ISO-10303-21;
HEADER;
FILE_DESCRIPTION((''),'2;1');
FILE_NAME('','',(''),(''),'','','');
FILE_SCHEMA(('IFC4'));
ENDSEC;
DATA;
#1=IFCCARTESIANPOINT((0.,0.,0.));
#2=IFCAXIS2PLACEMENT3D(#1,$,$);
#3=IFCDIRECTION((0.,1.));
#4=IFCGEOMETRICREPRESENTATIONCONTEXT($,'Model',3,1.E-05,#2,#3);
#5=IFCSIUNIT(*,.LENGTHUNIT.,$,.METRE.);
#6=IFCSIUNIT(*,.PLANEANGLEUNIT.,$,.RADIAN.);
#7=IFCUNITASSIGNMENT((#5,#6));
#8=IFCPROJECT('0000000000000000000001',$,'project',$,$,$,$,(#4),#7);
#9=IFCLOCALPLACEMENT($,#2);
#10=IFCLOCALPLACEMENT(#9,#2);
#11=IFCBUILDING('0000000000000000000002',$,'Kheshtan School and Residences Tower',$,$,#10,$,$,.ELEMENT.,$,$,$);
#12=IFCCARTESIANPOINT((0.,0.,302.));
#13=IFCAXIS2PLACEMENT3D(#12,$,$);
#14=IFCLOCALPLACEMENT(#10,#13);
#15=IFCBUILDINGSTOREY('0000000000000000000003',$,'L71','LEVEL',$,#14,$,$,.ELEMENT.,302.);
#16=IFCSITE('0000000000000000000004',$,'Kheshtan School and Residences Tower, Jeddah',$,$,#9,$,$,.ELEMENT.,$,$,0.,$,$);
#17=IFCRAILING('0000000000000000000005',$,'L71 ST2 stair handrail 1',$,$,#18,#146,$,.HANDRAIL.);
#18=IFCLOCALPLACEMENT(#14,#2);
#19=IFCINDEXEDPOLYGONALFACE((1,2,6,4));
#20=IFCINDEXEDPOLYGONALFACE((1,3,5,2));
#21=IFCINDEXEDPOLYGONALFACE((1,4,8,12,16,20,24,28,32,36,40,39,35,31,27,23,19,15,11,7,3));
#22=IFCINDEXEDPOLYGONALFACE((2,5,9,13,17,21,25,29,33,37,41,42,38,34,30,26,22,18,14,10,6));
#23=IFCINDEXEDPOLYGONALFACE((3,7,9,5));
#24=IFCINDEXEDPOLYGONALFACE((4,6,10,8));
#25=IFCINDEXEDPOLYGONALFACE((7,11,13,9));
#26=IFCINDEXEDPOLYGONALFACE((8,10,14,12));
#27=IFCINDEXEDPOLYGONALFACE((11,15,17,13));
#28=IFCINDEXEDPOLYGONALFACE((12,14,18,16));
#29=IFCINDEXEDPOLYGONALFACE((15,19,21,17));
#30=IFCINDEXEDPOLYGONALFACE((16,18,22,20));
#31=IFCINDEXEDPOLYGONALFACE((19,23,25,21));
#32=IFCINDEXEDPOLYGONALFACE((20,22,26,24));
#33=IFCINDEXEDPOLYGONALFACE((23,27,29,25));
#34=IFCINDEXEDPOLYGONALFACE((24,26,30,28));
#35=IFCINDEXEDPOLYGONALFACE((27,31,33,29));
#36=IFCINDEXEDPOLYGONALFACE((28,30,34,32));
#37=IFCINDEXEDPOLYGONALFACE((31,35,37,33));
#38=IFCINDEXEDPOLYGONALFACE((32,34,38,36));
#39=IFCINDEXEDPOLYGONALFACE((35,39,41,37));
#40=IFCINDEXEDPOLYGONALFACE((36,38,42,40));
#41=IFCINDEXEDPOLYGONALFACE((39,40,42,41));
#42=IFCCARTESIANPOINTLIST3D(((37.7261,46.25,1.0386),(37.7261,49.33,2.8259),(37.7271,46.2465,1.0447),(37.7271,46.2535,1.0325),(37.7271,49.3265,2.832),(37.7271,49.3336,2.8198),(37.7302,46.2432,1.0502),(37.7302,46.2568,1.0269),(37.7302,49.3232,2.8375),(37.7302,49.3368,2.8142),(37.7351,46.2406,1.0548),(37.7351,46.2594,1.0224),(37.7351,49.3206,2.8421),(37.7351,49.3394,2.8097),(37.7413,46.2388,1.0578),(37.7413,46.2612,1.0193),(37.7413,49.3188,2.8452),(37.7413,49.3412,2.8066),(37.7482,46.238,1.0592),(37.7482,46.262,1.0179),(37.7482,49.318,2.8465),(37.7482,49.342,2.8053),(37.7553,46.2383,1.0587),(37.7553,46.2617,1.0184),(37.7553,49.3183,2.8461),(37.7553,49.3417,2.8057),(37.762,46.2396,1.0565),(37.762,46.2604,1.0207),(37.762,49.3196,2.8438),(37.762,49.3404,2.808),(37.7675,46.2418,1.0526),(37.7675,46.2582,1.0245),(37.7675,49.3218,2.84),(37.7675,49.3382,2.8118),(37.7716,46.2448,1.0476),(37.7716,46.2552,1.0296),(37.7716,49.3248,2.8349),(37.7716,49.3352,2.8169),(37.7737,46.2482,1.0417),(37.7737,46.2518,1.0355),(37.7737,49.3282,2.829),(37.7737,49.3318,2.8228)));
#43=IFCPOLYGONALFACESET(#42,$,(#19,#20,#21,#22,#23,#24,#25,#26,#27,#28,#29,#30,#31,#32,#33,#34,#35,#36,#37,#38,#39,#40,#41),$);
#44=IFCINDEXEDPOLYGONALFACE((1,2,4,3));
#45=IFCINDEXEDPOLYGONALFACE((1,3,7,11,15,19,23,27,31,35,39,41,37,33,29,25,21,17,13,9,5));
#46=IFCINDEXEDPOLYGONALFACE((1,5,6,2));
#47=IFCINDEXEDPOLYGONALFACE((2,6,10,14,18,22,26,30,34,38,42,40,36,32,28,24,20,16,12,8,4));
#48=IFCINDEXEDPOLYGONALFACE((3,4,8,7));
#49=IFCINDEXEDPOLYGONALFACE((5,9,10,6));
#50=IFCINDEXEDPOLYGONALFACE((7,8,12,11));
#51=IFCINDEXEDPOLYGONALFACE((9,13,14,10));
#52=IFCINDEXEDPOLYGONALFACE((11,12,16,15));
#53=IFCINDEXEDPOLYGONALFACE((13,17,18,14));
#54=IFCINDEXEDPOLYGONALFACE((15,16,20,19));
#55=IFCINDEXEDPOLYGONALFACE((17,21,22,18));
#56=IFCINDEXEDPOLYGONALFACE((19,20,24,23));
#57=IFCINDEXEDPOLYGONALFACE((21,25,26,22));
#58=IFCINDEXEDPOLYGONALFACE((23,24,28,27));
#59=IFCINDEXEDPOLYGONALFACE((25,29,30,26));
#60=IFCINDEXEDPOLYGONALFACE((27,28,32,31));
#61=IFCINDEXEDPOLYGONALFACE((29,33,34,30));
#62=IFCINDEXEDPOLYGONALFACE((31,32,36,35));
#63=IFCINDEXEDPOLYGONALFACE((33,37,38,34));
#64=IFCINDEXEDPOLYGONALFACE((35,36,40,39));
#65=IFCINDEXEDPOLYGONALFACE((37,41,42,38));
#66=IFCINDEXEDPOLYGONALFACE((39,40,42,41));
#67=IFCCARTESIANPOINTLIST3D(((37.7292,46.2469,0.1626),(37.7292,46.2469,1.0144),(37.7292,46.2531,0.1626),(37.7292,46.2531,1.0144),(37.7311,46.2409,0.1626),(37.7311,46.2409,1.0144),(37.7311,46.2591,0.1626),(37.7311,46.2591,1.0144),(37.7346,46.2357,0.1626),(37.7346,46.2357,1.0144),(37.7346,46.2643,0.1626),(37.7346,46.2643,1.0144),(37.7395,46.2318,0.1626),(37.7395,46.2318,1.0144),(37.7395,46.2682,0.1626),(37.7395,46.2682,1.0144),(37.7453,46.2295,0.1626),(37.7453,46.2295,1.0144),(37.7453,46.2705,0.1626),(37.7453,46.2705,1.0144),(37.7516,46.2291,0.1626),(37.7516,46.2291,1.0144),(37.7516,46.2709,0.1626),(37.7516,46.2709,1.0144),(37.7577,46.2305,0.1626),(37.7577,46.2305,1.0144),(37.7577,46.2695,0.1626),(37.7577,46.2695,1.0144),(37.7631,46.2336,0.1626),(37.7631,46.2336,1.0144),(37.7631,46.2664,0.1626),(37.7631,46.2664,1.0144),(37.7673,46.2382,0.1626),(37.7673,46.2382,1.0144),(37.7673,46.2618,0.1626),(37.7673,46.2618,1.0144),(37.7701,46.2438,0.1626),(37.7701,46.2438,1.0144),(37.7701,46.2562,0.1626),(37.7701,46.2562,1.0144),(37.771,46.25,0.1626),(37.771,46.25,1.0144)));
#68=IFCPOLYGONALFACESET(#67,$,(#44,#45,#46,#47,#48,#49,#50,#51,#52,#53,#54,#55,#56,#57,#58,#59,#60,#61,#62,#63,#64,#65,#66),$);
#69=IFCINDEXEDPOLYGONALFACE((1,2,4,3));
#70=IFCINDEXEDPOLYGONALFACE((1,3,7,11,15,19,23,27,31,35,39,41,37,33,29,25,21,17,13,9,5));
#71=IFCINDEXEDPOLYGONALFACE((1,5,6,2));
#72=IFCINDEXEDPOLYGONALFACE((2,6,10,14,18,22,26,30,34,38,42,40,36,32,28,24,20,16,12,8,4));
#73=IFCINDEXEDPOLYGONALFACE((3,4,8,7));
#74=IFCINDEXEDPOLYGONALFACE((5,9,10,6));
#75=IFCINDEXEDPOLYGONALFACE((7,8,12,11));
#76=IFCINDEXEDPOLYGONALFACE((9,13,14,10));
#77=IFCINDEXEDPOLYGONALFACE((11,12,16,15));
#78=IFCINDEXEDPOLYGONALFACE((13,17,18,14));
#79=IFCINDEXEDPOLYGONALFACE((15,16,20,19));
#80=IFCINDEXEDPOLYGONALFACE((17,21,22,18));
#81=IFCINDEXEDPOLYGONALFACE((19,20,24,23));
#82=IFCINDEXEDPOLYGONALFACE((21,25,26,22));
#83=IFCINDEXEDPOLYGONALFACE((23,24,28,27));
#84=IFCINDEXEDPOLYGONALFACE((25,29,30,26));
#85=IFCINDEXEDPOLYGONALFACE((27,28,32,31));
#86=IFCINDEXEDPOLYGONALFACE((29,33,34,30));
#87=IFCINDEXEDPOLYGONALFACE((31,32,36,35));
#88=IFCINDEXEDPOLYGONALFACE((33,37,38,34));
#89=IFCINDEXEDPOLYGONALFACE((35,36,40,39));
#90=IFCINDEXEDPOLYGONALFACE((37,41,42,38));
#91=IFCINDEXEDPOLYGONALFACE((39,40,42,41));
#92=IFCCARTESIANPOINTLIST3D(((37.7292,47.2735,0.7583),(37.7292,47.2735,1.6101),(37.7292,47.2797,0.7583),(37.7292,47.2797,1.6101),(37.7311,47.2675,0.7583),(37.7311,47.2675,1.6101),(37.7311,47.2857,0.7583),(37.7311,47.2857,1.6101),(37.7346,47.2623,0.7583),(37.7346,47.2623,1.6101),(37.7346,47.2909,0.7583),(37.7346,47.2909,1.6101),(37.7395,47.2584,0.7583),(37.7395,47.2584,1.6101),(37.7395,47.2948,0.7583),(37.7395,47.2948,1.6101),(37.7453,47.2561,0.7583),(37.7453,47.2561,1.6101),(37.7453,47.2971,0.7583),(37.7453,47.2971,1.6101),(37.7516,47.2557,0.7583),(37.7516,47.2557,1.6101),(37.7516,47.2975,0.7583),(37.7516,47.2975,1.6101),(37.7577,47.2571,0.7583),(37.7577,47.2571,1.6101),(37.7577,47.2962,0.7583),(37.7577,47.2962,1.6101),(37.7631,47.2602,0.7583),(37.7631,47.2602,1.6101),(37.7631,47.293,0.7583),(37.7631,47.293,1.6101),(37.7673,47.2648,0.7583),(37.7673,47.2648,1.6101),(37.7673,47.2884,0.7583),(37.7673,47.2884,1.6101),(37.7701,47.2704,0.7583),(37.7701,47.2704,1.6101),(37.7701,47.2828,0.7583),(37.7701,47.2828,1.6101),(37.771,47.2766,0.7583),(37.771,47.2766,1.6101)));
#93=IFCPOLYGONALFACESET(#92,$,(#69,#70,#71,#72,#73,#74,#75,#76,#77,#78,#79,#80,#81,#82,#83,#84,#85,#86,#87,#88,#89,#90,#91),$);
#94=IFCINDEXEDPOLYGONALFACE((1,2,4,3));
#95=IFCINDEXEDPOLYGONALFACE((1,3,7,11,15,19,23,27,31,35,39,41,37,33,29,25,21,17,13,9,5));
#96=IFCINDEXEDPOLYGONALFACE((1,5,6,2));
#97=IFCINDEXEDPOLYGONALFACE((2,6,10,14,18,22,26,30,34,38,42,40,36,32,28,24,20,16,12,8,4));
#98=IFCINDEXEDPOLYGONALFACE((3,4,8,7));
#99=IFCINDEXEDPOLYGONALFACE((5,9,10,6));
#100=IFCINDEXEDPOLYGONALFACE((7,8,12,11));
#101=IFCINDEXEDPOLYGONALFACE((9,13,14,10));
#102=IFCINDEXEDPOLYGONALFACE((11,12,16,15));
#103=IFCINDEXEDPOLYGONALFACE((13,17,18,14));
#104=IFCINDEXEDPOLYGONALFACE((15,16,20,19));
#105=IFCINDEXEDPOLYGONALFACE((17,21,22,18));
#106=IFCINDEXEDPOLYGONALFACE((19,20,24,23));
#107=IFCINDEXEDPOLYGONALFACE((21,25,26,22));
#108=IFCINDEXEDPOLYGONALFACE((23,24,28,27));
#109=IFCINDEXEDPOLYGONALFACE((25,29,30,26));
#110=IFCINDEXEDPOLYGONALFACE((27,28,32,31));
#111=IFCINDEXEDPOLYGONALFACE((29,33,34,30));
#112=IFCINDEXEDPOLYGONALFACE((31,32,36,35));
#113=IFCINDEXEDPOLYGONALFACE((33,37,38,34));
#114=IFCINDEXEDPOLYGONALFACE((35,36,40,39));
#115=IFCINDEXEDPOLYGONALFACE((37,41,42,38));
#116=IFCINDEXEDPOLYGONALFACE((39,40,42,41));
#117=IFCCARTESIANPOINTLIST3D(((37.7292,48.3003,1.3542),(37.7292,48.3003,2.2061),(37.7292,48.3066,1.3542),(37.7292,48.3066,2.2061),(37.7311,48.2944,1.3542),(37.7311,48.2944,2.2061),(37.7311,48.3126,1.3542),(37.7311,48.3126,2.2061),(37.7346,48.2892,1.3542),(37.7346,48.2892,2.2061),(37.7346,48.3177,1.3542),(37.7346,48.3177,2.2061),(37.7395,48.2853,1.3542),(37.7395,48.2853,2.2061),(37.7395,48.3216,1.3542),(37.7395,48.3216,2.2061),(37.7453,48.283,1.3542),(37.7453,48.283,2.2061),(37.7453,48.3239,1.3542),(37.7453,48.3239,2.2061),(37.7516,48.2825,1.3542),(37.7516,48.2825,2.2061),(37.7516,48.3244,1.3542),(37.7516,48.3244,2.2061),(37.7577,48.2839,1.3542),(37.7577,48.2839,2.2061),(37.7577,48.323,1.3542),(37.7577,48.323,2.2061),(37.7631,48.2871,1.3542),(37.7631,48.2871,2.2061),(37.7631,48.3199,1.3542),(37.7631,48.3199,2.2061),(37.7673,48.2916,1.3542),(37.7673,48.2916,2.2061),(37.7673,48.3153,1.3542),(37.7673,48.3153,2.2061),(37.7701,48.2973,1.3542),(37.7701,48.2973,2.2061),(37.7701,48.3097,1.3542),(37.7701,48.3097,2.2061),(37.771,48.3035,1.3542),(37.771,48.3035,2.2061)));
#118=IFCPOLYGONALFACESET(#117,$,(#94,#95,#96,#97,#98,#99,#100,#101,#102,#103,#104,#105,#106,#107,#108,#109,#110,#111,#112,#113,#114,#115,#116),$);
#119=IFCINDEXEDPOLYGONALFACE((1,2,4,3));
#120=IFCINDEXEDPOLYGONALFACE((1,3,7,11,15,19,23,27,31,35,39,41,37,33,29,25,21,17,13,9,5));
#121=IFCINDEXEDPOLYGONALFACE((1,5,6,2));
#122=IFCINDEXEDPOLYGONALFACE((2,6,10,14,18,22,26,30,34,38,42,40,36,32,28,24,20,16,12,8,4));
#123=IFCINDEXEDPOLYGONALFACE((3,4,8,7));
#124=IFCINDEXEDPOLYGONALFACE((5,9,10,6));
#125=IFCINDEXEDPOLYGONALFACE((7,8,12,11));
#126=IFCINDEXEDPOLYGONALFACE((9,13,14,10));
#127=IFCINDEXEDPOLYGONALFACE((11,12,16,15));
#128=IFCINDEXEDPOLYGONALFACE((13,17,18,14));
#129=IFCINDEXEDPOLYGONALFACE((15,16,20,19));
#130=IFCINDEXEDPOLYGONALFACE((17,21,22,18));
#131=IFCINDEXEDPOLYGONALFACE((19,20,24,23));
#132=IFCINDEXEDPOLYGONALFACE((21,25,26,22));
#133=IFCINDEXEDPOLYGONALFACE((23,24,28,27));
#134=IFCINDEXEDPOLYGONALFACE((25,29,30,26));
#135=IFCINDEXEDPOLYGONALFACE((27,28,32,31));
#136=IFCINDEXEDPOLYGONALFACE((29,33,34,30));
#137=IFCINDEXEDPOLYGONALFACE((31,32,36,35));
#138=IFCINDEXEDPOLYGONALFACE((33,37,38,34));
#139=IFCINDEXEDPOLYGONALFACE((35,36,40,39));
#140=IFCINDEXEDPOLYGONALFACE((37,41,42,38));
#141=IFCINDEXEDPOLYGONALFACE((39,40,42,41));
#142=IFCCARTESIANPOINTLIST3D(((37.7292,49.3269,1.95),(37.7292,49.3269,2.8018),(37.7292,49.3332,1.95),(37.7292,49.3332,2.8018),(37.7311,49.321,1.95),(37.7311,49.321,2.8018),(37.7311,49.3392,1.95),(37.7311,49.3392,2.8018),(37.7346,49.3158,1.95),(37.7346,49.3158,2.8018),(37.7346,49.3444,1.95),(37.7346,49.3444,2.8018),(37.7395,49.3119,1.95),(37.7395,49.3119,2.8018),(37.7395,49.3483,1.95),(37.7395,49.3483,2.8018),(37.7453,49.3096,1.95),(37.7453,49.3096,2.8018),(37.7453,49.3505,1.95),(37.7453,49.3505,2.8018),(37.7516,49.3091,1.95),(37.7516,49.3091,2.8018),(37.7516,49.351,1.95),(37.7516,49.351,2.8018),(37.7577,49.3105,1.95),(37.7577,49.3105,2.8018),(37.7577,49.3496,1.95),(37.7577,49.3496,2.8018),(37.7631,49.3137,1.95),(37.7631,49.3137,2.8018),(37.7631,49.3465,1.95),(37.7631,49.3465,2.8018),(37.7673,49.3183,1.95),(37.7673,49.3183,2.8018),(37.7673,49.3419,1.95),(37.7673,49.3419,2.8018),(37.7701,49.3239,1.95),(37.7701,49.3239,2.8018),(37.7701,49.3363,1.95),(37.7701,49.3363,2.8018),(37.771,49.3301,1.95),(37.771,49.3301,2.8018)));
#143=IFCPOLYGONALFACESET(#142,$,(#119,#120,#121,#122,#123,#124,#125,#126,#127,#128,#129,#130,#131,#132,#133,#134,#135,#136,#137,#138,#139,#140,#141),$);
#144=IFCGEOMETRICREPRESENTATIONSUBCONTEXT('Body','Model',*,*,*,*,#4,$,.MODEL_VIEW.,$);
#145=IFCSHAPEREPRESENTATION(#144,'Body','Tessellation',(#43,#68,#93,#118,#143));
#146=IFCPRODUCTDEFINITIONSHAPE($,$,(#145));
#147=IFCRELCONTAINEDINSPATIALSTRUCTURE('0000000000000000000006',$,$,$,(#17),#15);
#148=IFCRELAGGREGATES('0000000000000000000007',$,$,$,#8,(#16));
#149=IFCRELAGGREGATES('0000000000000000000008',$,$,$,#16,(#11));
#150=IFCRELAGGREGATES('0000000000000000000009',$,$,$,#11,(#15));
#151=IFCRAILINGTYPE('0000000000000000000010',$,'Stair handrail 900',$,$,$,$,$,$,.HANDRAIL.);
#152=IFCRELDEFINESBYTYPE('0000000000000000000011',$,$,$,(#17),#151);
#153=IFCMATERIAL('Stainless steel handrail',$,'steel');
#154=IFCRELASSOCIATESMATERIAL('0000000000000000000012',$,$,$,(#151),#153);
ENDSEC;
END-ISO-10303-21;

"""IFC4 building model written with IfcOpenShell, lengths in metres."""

from ifc_helpers import new_model, si_unit, direction, frame, origin, origin_2d, place, context, subcontext, project, spatial, circle, extrude, material, type_object, element, save


model = new_model("IFC4")

# Units and contexts
model_context = context("Model", 3, precision=1e-05, world=origin(), true_north=direction((0.0, 1.0)))
body_context = subcontext(model_context, "Body", "Model", "MODEL_VIEW")
ifc_project = project(units=[si_unit("LENGTHUNIT", "METRE"), si_unit("PLANEANGLEUNIT", "RADIAN")], contexts=[model_context])

# Site, building, storey
site_placement = place(None, origin())
site = spatial("IfcSite", under=ifc_project, at=site_placement, Name="Kheshtan School and Residences Tower, Jeddah", CompositionType="ELEMENT", RefElevation=0.0)
building_placement = place(site_placement, origin())
building = spatial("IfcBuilding", under=site, at=building_placement, Name="Kheshtan School and Residences Tower", CompositionType="ELEMENT")
storey_placement = place(building_placement, frame((0.0, 0.0, 302.0)))
storey = spatial("IfcBuildingStorey", under=building, at=storey_placement, Name="L71", Description="LEVEL", CompositionType="ELEMENT", Elevation=302.0)

# Railing
ifc_material_1 = material(Name="Stainless steel handrail", Category="steel")
railing_type = type_object("IfcRailingType", Name="Stair handrail 900", PredefinedType="HANDRAIL", material=ifc_material_1)
railing_1_placement = place(storey_placement, frame((37.75, 46.25, 0.1626)))
element("IfcRailing", 1, at=railing_1_placement, inside=storey, type_object=railing_type, Name="L71 ST2 stair handrail 1", PredefinedType="HANDRAIL", context=body_context, shape_type="SweptSolid", body=[
    extrude(circle(Radius=0.0239, at=origin_2d()), frame((0.0, 0.0, 0.876), z_axis=(0.0, 0.86492, 0.501909), x_axis=(-1.0, 0.0, 0.0)), (0.0, 0.0, 1.0), 3.561),
    extrude(circle(Radius=0.021, at=origin_2d()), origin(), (0.0, 0.0, 1.0), 0.8518),
    extrude(circle(Radius=0.021, at=origin_2d()), frame((0.0, 1.0266, 0.5957)), (0.0, 0.0, 1.0), 0.8518),
    extrude(circle(Radius=0.021, at=origin_2d()), frame((0.0, 2.0535, 1.1917)), (0.0, 0.0, 1.0), 0.8518),
    extrude(circle(Radius=0.021, at=origin_2d()), frame((0.0, 3.0801, 1.7874)), (0.0, 0.0, 1.0), 0.8518),
])

save(model, "model.ifc")
